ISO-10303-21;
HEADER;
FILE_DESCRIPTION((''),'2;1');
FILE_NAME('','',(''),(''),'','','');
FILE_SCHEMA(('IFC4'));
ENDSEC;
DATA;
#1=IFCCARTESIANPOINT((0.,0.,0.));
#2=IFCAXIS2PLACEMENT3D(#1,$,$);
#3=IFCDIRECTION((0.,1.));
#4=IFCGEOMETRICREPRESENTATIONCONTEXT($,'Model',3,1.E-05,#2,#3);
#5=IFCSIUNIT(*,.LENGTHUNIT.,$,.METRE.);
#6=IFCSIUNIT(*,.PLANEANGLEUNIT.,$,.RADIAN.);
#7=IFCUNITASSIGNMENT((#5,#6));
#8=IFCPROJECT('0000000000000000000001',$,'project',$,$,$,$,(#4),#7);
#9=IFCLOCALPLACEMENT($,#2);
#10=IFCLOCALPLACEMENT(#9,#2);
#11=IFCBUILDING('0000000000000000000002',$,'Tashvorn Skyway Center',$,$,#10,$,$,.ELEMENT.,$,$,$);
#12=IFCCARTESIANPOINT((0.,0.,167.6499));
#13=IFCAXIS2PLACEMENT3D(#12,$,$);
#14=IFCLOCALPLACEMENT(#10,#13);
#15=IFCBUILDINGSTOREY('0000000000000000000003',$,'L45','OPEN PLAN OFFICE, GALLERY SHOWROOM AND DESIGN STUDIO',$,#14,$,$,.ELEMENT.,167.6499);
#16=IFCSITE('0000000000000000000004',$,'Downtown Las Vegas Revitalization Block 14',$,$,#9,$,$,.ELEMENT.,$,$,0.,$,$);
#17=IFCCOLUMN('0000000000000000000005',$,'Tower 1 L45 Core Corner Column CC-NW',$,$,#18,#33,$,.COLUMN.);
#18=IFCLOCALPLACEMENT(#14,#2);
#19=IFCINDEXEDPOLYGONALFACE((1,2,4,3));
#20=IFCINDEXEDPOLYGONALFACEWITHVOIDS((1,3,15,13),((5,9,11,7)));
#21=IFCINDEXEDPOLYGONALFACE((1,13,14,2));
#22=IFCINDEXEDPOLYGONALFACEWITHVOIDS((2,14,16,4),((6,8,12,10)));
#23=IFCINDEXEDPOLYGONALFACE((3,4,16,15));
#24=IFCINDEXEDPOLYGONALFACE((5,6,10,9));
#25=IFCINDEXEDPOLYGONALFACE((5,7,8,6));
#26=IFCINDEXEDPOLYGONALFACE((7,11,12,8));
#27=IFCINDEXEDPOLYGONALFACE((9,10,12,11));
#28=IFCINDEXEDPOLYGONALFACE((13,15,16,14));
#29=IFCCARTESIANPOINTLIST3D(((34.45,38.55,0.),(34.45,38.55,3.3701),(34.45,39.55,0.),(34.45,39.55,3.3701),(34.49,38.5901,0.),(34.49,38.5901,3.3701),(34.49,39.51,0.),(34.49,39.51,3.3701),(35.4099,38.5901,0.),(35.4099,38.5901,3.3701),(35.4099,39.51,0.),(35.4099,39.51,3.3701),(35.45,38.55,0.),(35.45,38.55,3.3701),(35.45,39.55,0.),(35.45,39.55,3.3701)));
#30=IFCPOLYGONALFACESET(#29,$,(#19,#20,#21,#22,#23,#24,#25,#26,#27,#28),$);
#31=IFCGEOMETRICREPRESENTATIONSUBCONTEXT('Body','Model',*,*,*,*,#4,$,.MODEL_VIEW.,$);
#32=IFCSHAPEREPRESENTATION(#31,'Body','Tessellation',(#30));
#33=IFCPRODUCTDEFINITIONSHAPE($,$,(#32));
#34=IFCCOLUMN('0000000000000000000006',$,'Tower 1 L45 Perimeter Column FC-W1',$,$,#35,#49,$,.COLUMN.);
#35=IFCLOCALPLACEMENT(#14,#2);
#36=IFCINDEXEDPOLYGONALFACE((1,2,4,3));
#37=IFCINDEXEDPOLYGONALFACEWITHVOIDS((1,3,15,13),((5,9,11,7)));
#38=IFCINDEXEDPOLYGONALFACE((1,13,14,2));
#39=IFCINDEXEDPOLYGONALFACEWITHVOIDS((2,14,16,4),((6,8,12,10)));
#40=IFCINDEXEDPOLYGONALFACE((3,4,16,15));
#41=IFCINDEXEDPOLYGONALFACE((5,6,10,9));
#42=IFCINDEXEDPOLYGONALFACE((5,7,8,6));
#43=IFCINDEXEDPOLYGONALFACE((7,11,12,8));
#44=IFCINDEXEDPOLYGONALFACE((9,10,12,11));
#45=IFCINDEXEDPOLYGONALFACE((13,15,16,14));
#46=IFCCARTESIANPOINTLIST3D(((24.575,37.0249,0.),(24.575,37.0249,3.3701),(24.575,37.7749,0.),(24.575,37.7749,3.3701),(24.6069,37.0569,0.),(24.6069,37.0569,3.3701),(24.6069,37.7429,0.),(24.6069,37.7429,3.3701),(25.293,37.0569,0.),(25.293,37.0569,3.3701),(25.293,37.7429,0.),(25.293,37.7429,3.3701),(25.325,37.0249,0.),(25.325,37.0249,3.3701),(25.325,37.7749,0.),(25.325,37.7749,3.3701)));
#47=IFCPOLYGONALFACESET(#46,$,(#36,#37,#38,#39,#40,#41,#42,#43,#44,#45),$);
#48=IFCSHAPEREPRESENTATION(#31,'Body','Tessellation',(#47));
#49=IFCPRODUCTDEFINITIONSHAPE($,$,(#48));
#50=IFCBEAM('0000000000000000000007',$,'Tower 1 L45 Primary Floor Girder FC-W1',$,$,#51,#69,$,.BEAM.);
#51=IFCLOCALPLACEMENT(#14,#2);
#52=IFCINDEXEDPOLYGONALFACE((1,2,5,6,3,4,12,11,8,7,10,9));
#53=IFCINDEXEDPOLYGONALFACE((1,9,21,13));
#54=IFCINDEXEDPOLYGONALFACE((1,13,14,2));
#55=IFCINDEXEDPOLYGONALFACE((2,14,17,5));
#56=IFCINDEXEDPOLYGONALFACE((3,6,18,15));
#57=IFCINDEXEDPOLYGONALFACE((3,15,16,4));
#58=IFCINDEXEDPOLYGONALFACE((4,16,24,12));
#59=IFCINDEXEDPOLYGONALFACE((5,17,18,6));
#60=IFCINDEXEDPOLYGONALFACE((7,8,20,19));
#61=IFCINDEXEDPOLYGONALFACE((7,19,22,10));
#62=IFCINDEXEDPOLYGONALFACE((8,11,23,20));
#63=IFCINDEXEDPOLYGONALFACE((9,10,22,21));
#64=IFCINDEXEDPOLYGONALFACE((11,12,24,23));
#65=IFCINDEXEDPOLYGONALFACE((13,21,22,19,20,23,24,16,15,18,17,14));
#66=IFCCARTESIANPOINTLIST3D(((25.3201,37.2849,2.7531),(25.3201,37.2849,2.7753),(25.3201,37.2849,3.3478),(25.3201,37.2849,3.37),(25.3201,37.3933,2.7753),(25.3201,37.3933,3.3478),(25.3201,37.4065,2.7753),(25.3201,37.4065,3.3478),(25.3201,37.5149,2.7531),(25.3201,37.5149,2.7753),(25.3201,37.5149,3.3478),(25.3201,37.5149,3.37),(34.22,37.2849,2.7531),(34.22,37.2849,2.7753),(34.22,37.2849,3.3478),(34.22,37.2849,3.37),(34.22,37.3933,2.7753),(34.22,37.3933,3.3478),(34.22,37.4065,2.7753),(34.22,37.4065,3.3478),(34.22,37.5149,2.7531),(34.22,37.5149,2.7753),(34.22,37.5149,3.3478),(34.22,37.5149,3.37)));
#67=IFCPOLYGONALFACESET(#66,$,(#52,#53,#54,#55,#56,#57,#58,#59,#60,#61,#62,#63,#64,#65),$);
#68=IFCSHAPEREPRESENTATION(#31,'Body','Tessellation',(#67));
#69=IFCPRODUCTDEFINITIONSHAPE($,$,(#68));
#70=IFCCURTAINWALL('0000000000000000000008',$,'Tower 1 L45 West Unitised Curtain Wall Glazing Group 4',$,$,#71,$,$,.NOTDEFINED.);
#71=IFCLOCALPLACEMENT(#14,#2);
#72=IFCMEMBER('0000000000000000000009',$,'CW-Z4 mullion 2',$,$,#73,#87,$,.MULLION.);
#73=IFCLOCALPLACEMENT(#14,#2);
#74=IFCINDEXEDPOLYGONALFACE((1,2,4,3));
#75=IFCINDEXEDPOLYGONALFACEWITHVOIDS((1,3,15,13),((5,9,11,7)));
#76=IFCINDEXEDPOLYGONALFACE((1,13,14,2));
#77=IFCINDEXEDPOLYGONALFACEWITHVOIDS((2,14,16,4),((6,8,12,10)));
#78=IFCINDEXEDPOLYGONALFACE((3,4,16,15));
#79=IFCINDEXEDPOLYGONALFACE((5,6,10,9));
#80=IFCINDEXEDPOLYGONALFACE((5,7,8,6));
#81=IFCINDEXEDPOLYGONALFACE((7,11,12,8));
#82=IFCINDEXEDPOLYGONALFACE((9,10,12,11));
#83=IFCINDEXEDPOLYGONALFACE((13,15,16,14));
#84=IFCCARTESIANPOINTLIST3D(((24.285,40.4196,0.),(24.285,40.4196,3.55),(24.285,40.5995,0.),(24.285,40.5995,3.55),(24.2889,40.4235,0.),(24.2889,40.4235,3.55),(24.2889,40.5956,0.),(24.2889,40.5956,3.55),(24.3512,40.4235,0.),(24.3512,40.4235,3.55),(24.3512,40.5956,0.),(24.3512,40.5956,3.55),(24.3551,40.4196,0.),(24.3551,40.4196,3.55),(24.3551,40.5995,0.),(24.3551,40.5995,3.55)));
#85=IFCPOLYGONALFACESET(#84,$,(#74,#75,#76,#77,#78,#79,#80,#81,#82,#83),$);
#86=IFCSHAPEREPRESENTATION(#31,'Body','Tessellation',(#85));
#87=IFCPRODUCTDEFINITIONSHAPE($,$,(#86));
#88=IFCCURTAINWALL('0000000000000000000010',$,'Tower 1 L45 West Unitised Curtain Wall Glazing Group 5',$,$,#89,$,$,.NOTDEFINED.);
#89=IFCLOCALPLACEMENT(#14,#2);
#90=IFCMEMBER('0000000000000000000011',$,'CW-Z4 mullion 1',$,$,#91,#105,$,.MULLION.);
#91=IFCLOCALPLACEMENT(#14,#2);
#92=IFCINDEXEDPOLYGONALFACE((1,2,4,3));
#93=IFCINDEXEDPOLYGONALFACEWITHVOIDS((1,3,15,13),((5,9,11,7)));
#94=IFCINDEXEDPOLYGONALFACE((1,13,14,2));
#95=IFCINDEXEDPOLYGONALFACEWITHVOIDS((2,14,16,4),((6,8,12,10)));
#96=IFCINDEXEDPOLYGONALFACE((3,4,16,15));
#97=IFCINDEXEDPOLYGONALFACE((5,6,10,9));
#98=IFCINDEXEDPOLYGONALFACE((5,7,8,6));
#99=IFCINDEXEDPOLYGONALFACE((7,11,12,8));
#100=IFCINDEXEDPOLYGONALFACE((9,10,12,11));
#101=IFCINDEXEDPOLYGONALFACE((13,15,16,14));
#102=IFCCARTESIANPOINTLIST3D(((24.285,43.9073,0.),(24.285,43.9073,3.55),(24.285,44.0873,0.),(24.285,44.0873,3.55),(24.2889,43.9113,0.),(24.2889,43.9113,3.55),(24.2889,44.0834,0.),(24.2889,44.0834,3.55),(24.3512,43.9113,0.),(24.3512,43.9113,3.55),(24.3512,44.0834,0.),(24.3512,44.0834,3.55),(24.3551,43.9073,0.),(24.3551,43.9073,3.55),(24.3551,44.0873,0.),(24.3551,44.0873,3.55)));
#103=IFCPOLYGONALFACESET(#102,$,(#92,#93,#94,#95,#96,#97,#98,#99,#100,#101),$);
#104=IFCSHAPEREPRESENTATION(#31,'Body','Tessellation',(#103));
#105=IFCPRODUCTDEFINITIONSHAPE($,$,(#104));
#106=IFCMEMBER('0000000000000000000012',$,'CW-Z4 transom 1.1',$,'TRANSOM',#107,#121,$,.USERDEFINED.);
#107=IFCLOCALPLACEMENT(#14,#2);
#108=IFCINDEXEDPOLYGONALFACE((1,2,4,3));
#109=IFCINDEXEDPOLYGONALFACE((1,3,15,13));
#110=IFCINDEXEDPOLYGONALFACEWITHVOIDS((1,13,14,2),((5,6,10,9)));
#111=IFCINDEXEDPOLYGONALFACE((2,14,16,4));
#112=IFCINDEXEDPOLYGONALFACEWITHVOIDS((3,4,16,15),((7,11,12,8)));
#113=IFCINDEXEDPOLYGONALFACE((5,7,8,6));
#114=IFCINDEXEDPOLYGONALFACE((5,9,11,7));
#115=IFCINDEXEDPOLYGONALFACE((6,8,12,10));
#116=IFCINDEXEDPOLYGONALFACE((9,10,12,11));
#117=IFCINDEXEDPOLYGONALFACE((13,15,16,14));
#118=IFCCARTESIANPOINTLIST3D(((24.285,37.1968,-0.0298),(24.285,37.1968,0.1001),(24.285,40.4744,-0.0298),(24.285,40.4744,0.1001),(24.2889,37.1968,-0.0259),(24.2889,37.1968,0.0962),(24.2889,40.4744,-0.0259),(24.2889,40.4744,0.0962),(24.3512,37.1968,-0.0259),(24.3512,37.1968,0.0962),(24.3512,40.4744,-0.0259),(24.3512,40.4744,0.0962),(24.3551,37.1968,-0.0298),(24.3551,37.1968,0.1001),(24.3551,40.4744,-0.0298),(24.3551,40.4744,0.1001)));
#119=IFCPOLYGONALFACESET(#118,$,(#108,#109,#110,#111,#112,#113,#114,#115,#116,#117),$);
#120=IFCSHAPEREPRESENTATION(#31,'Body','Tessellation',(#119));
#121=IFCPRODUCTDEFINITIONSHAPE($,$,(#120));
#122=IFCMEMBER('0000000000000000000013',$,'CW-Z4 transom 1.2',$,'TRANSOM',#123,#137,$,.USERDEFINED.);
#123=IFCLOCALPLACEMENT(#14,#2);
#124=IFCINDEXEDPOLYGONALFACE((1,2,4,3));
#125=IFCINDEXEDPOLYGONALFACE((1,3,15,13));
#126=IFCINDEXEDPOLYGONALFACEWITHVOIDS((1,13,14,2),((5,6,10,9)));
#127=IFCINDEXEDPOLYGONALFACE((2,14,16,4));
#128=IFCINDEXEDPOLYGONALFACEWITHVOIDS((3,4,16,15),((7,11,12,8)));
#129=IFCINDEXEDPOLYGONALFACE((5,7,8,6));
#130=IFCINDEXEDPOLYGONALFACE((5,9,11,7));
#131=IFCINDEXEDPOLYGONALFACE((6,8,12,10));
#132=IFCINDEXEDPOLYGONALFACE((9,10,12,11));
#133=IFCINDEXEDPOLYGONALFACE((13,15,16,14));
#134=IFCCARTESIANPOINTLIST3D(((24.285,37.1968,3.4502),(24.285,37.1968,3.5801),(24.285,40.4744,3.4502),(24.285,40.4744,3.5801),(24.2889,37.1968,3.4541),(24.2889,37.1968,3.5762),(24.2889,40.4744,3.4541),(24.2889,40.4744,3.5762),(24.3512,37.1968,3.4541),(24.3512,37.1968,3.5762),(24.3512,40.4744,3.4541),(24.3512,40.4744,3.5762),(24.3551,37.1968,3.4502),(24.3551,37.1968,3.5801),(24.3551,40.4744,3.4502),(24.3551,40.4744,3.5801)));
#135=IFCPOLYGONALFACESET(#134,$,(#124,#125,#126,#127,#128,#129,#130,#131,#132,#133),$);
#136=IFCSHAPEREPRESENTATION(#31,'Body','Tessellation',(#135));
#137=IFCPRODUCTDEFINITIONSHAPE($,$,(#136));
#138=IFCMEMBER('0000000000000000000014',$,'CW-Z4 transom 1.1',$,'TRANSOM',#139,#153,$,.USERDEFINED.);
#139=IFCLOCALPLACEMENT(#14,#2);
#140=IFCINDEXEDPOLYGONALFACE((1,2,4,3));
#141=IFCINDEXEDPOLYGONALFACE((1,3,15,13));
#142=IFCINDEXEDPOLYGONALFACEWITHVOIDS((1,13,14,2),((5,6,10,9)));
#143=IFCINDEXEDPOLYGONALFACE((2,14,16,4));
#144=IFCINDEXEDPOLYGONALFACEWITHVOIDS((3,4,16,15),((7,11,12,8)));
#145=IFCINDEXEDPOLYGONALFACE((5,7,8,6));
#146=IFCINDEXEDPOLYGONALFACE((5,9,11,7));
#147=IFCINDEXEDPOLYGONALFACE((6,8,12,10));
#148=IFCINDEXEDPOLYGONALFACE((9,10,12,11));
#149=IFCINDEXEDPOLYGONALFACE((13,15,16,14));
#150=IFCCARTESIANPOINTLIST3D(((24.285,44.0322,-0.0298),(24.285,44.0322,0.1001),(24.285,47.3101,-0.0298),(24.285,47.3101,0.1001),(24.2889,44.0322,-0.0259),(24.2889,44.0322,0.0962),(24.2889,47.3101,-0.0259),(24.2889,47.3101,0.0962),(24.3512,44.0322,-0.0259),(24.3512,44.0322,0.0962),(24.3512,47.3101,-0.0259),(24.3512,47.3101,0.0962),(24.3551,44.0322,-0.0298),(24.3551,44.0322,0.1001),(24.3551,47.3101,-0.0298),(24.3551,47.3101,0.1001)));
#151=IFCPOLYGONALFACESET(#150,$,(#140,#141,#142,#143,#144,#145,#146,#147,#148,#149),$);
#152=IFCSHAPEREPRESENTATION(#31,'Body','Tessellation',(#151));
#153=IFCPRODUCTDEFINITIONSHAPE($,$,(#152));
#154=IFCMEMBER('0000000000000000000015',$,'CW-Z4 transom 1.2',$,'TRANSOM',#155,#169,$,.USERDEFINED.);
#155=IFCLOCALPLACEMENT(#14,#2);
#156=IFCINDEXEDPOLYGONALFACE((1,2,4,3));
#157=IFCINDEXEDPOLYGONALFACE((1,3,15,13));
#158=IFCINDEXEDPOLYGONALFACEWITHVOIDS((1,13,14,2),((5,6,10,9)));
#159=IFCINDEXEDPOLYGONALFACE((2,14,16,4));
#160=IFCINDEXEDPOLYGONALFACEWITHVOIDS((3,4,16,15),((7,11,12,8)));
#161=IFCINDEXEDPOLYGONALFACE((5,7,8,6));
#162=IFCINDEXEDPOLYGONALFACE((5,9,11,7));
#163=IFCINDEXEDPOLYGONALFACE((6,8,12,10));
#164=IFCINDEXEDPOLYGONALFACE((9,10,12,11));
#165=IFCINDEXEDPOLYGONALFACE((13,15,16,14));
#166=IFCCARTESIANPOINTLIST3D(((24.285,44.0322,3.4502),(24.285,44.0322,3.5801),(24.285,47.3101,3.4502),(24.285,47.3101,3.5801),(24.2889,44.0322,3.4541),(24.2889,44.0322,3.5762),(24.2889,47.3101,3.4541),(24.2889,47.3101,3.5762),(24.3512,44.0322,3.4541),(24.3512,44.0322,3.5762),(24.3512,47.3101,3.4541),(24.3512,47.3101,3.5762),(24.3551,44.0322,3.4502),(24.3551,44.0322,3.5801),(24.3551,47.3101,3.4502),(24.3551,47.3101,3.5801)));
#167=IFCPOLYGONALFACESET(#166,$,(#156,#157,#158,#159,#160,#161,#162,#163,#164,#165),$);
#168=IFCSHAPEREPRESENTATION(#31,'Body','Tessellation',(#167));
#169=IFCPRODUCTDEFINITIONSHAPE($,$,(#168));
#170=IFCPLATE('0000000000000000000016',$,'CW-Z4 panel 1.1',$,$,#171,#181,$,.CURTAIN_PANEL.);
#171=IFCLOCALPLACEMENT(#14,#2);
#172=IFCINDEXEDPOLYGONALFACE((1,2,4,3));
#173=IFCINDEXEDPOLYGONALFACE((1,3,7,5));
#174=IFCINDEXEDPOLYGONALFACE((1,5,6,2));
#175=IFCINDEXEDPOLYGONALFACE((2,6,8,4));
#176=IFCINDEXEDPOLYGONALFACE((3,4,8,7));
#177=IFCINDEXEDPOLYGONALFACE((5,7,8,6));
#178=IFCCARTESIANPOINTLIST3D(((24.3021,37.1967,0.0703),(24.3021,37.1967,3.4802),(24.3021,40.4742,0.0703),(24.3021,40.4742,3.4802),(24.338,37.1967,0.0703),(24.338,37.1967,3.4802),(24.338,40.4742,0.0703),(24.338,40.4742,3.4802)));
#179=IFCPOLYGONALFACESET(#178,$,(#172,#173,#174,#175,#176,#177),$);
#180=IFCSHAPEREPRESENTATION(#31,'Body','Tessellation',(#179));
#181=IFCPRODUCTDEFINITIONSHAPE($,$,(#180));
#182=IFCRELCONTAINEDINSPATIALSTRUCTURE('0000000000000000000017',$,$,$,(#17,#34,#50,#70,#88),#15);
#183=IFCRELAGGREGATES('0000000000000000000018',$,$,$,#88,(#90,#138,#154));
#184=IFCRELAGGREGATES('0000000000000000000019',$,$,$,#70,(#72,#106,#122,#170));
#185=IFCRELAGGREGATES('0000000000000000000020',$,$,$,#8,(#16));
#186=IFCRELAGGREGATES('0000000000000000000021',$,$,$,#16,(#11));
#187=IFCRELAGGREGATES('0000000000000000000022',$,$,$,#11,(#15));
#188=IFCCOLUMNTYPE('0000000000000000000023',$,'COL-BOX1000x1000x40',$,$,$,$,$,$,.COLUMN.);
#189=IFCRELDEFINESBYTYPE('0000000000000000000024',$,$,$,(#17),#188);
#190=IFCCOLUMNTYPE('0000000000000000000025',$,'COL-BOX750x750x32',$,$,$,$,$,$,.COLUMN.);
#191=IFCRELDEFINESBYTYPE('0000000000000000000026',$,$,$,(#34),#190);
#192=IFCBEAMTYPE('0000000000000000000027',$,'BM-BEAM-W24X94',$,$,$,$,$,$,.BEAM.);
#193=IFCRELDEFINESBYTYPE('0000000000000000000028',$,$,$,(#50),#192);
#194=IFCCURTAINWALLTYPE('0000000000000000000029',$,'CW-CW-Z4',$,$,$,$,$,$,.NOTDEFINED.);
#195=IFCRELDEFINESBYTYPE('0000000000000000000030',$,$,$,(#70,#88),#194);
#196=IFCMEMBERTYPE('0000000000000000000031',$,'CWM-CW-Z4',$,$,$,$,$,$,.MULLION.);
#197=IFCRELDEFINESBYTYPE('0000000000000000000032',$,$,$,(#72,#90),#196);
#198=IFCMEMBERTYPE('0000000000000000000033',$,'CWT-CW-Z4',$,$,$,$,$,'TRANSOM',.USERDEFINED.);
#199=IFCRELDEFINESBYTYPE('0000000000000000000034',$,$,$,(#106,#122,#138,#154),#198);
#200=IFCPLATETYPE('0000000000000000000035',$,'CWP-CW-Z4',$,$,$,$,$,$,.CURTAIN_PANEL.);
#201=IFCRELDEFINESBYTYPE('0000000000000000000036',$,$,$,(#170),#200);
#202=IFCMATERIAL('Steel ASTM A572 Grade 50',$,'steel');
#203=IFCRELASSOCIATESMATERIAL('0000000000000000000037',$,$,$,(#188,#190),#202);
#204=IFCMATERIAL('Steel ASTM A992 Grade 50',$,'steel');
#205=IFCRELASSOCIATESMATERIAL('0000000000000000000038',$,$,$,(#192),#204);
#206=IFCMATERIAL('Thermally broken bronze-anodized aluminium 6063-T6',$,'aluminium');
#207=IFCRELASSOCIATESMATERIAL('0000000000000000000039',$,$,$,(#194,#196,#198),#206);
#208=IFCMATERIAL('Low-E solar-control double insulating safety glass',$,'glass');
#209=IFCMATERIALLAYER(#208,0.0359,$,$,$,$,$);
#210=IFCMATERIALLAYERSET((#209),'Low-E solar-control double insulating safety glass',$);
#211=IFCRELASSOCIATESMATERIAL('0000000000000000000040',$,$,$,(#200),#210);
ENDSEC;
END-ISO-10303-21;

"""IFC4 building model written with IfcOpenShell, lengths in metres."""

from ifc_helpers import new_model, si_unit, direction, frame, origin, origin_2d, place, context, subcontext, project, spatial, rectangle, hollow_rectangle, i_section, extrude, material, layer, layer_set, material_profile, profile_set, type_object, element, aggregate, save


model = new_model("IFC4")

# Units and contexts
model_context = context("Model", 3, precision=1e-05, world=origin(), true_north=direction((0.0, 1.0)))
body_context = subcontext(model_context, "Body", "Model", "MODEL_VIEW")
ifc_project = project(units=[si_unit("LENGTHUNIT", "METRE"), si_unit("PLANEANGLEUNIT", "RADIAN")], contexts=[model_context])

# Site, building, storey
site_placement = place(None, origin())
site = spatial("IfcSite", under=ifc_project, at=site_placement, Name="Downtown Las Vegas Revitalization Block 14", CompositionType="ELEMENT", RefElevation=0.0)
building_placement = place(site_placement, origin())
building = spatial("IfcBuilding", under=site, at=building_placement, Name="Tashvorn Skyway Center", CompositionType="ELEMENT")
storey_placement = place(building_placement, frame((0.0, 0.0, 167.6499)))
storey = spatial("IfcBuildingStorey", under=building, at=storey_placement, Name="L45", Description="OPEN PLAN OFFICE, GALLERY SHOWROOM AND DESIGN STUDIO", CompositionType="ELEMENT", Elevation=167.6499)

# Columns
ifc_material_1 = material(Name="Steel ASTM A572 Grade 50", Category="steel")
ifc_material_profile_1 = material_profile(ifc_material_1, hollow_rectangle(XDim=1.0, YDim=1.0, WallThickness=0.04, at=origin_2d()), Name="BOX1000x1000x40")
ifc_profile_set_1 = profile_set([ifc_material_profile_1], Name="Steel ASTM A572 Grade 50")
column_type_1 = type_object("IfcColumnType", Name="COL-BOX1000x1000x40", PredefinedType="COLUMN", material=ifc_profile_set_1)
column_1_placement = place(storey_placement, frame((34.95, 39.05, 0.0), z_axis=(0.0, 0.0, 1.0), x_axis=(1.0, 0.0, 0.0)))
element("IfcColumn", 1, at=column_1_placement, inside=storey, type_object=column_type_1, Name="Tower 1 L45 Core Corner Column CC-NW", PredefinedType="COLUMN", context=body_context, shape_type="SweptSolid", body=[
    extrude(hollow_rectangle(XDim=1.0, YDim=1.0, WallThickness=0.04, at=origin_2d()), origin(), (0.0, 0.0, 1.0), 3.3701),
])
ifc_material_profile_2 = material_profile(ifc_material_1, hollow_rectangle(XDim=0.75, YDim=0.75, WallThickness=0.032, at=origin_2d()), Name="BOX750x750x32")
ifc_profile_set_2 = profile_set([ifc_material_profile_2], Name="Steel ASTM A572 Grade 50")
column_type_2 = type_object("IfcColumnType", Name="COL-BOX750x750x32", PredefinedType="COLUMN", material=ifc_profile_set_2)
column_2_placement = place(storey_placement, frame((24.95, 37.3999, 0.0), z_axis=(0.0, 0.0, 1.0), x_axis=(1.0, 0.0, 0.0)))
element("IfcColumn", 2, at=column_2_placement, inside=storey, type_object=column_type_2, Name="Tower 1 L45 Perimeter Column FC-W1", PredefinedType="COLUMN", context=body_context, shape_type="SweptSolid", body=[
    extrude(hollow_rectangle(XDim=0.75, YDim=0.75, WallThickness=0.032, at=origin_2d()), origin(), (0.0, 0.0, 1.0), 3.3701),
])

# Beam
ifc_material_2 = material(Name="Steel ASTM A992 Grade 50", Category="steel")
ifc_material_profile_3 = material_profile(ifc_material_2, i_section(OverallWidth=0.23, OverallDepth=0.6169, WebThickness=0.0132, FlangeThickness=0.0222, at=origin_2d()), Name="W24X94")
ifc_profile_set_3 = profile_set([ifc_material_profile_3], Name="Steel ASTM A992 Grade 50")
beam_type = type_object("IfcBeamType", Name="BM-BEAM-W24X94", PredefinedType="BEAM", material=ifc_profile_set_3)
beam_placement = place(storey_placement, frame((25.3201, 37.3999, 3.0615), z_axis=(1.0, 0.0, 0.0), x_axis=(0.0, 1.0, 0.0)))
element("IfcBeam", 3, at=beam_placement, inside=storey, type_object=beam_type, Name="Tower 1 L45 Primary Floor Girder FC-W1", PredefinedType="BEAM", context=body_context, shape_type="SweptSolid", body=[
    extrude(i_section(OverallWidth=0.23, OverallDepth=0.6169, WebThickness=0.0132, FlangeThickness=0.0222, at=origin_2d()), origin(), (0.0, 0.0, 1.0), 8.8999),
])

# Curtain walls, members
ifc_material_3 = material(Name="Thermally broken bronze-anodized aluminium 6063-T6", Category="aluminium")
curtain_wall_type = type_object("IfcCurtainWallType", Name="CW-CW-Z4", PredefinedType="NOTDEFINED", material=ifc_material_3)
curtain_wall_1_placement = place(storey_placement, origin())
curtain_wall_1 = element("IfcCurtainWall", 4, at=curtain_wall_1_placement, inside=storey, type_object=curtain_wall_type, Name="Tower 1 L45 West Unitised Curtain Wall Glazing Group 4", PredefinedType="NOTDEFINED")
ifc_material_profile_4 = material_profile(ifc_material_3, hollow_rectangle(XDim=0.0701, YDim=0.1799, WallThickness=0.0039, at=origin_2d()), Name="ALU-MULL-70x180")
ifc_profile_set_4 = profile_set([ifc_material_profile_4], Name="Thermally broken bronze-anodized aluminium 6063-T6")
member_type_1 = type_object("IfcMemberType", Name="CWM-CW-Z4", PredefinedType="MULLION", material=ifc_profile_set_4)
member_1_placement = place(storey_placement, frame((24.3201, 40.5095, 0.0), z_axis=(0.0, 0.0, 1.0), x_axis=(-1.0, 0.0, 0.0)))
member_1 = element("IfcMember", 5, at=member_1_placement, type_object=member_type_1, Name="CW-Z4 mullion 2", PredefinedType="MULLION", context=body_context, shape_type="SweptSolid", body=[
    extrude(hollow_rectangle(XDim=0.0701, YDim=0.1799, WallThickness=0.0039, at=origin_2d()), origin(), (0.0, 0.0, 1.0), 3.55),
])
curtain_wall_2_placement = place(storey_placement, origin())
curtain_wall_2 = element("IfcCurtainWall", 6, at=curtain_wall_2_placement, inside=storey, type_object=curtain_wall_type, Name="Tower 1 L45 West Unitised Curtain Wall Glazing Group 5", PredefinedType="NOTDEFINED")
member_2_placement = place(storey_placement, frame((24.3201, 43.9973, 0.0), z_axis=(0.0, 0.0, 1.0), x_axis=(-1.0, 0.0, 0.0)))
member_2 = element("IfcMember", 7, at=member_2_placement, type_object=member_type_1, Name="CW-Z4 mullion 1", PredefinedType="MULLION", context=body_context, shape_type="SweptSolid", body=[
    extrude(hollow_rectangle(XDim=0.0701, YDim=0.1799, WallThickness=0.0039, at=origin_2d()), origin(), (0.0, 0.0, 1.0), 3.55),
])

# Members
ifc_material_profile_5 = material_profile(ifc_material_3, hollow_rectangle(XDim=0.0701, YDim=0.1299, WallThickness=0.0039, at=origin_2d()), Name="ALU-TRAN-70x130")
ifc_profile_set_5 = profile_set([ifc_material_profile_5], Name="Thermally broken bronze-anodized aluminium 6063-T6")
member_type_2 = type_object("IfcMemberType", Name="CWT-CW-Z4", ElementType="TRANSOM", PredefinedType="USERDEFINED", material=ifc_profile_set_5)
member_3_placement = place(storey_placement, frame((24.3201, 37.1968, 0.0352), z_axis=(0.0, 1.0, 0.0), x_axis=(-1.0, 0.0, 0.0)))
member_3 = element("IfcMember", 8, at=member_3_placement, type_object=member_type_2, Name="CW-Z4 transom 1.1", ObjectType="TRANSOM", PredefinedType="USERDEFINED", context=body_context, shape_type="SweptSolid", body=[
    extrude(hollow_rectangle(XDim=0.0701, YDim=0.1299, WallThickness=0.0039, at=origin_2d()), origin(), (0.0, 0.0, 1.0), 3.2776),
])
member_4_placement = place(storey_placement, frame((24.3201, 37.1968, 3.5151), z_axis=(0.0, 1.0, 0.0), x_axis=(-1.0, 0.0, 0.0)))
member_4 = element("IfcMember", 9, at=member_4_placement, type_object=member_type_2, Name="CW-Z4 transom 1.2", ObjectType="TRANSOM", PredefinedType="USERDEFINED", context=body_context, shape_type="SweptSolid", body=[
    extrude(hollow_rectangle(XDim=0.0701, YDim=0.1299, WallThickness=0.0039, at=origin_2d()), origin(), (0.0, 0.0, 1.0), 3.2776),
])
member_5_placement = place(storey_placement, frame((24.3201, 44.0322, 0.0352), z_axis=(0.0, 1.0, 0.0), x_axis=(-1.0, 0.0, 0.0)))
member_5 = element("IfcMember", 10, at=member_5_placement, type_object=member_type_2, Name="CW-Z4 transom 1.1", ObjectType="TRANSOM", PredefinedType="USERDEFINED", context=body_context, shape_type="SweptSolid", body=[
    extrude(hollow_rectangle(XDim=0.0701, YDim=0.1299, WallThickness=0.0039, at=origin_2d()), origin(), (0.0, 0.0, 1.0), 3.2778),
])
member_6_placement = place(storey_placement, frame((24.3201, 44.0322, 3.5151), z_axis=(0.0, 1.0, 0.0), x_axis=(-1.0, 0.0, 0.0)))
member_6 = element("IfcMember", 11, at=member_6_placement, type_object=member_type_2, Name="CW-Z4 transom 1.2", ObjectType="TRANSOM", PredefinedType="USERDEFINED", context=body_context, shape_type="SweptSolid", body=[
    extrude(hollow_rectangle(XDim=0.0701, YDim=0.1299, WallThickness=0.0039, at=origin_2d()), origin(), (0.0, 0.0, 1.0), 3.2778),
])
aggregate(curtain_wall_2, [member_2, member_5, member_6])

# Plate
ifc_material_4 = material(Name="Low-E solar-control double insulating safety glass", Category="glass")
ifc_layer_1 = layer(ifc_material_4, 0.0359)
ifc_layer_set_1 = layer_set([ifc_layer_1], Name="Low-E solar-control double insulating safety glass")
plate_type = type_object("IfcPlateType", Name="CWP-CW-Z4", PredefinedType="CURTAIN_PANEL", material=ifc_layer_set_1)
plate_placement = place(storey_placement, frame((24.3201, 38.8354, 0.0703), z_axis=(0.0, 0.0, 1.0), x_axis=(0.0, 1.0, 0.0)))
plate = element("IfcPlate", 12, at=plate_placement, type_object=plate_type, Name="CW-Z4 panel 1.1", PredefinedType="CURTAIN_PANEL", context=body_context, shape_type="SweptSolid", body=[
    extrude(rectangle(XDim=3.2776, YDim=0.0359, at=origin_2d()), origin(), (0.0, 0.0, 1.0), 3.4099),
])
aggregate(curtain_wall_1, [member_1, member_3, member_4, plate])

save(model, "model.ifc")
